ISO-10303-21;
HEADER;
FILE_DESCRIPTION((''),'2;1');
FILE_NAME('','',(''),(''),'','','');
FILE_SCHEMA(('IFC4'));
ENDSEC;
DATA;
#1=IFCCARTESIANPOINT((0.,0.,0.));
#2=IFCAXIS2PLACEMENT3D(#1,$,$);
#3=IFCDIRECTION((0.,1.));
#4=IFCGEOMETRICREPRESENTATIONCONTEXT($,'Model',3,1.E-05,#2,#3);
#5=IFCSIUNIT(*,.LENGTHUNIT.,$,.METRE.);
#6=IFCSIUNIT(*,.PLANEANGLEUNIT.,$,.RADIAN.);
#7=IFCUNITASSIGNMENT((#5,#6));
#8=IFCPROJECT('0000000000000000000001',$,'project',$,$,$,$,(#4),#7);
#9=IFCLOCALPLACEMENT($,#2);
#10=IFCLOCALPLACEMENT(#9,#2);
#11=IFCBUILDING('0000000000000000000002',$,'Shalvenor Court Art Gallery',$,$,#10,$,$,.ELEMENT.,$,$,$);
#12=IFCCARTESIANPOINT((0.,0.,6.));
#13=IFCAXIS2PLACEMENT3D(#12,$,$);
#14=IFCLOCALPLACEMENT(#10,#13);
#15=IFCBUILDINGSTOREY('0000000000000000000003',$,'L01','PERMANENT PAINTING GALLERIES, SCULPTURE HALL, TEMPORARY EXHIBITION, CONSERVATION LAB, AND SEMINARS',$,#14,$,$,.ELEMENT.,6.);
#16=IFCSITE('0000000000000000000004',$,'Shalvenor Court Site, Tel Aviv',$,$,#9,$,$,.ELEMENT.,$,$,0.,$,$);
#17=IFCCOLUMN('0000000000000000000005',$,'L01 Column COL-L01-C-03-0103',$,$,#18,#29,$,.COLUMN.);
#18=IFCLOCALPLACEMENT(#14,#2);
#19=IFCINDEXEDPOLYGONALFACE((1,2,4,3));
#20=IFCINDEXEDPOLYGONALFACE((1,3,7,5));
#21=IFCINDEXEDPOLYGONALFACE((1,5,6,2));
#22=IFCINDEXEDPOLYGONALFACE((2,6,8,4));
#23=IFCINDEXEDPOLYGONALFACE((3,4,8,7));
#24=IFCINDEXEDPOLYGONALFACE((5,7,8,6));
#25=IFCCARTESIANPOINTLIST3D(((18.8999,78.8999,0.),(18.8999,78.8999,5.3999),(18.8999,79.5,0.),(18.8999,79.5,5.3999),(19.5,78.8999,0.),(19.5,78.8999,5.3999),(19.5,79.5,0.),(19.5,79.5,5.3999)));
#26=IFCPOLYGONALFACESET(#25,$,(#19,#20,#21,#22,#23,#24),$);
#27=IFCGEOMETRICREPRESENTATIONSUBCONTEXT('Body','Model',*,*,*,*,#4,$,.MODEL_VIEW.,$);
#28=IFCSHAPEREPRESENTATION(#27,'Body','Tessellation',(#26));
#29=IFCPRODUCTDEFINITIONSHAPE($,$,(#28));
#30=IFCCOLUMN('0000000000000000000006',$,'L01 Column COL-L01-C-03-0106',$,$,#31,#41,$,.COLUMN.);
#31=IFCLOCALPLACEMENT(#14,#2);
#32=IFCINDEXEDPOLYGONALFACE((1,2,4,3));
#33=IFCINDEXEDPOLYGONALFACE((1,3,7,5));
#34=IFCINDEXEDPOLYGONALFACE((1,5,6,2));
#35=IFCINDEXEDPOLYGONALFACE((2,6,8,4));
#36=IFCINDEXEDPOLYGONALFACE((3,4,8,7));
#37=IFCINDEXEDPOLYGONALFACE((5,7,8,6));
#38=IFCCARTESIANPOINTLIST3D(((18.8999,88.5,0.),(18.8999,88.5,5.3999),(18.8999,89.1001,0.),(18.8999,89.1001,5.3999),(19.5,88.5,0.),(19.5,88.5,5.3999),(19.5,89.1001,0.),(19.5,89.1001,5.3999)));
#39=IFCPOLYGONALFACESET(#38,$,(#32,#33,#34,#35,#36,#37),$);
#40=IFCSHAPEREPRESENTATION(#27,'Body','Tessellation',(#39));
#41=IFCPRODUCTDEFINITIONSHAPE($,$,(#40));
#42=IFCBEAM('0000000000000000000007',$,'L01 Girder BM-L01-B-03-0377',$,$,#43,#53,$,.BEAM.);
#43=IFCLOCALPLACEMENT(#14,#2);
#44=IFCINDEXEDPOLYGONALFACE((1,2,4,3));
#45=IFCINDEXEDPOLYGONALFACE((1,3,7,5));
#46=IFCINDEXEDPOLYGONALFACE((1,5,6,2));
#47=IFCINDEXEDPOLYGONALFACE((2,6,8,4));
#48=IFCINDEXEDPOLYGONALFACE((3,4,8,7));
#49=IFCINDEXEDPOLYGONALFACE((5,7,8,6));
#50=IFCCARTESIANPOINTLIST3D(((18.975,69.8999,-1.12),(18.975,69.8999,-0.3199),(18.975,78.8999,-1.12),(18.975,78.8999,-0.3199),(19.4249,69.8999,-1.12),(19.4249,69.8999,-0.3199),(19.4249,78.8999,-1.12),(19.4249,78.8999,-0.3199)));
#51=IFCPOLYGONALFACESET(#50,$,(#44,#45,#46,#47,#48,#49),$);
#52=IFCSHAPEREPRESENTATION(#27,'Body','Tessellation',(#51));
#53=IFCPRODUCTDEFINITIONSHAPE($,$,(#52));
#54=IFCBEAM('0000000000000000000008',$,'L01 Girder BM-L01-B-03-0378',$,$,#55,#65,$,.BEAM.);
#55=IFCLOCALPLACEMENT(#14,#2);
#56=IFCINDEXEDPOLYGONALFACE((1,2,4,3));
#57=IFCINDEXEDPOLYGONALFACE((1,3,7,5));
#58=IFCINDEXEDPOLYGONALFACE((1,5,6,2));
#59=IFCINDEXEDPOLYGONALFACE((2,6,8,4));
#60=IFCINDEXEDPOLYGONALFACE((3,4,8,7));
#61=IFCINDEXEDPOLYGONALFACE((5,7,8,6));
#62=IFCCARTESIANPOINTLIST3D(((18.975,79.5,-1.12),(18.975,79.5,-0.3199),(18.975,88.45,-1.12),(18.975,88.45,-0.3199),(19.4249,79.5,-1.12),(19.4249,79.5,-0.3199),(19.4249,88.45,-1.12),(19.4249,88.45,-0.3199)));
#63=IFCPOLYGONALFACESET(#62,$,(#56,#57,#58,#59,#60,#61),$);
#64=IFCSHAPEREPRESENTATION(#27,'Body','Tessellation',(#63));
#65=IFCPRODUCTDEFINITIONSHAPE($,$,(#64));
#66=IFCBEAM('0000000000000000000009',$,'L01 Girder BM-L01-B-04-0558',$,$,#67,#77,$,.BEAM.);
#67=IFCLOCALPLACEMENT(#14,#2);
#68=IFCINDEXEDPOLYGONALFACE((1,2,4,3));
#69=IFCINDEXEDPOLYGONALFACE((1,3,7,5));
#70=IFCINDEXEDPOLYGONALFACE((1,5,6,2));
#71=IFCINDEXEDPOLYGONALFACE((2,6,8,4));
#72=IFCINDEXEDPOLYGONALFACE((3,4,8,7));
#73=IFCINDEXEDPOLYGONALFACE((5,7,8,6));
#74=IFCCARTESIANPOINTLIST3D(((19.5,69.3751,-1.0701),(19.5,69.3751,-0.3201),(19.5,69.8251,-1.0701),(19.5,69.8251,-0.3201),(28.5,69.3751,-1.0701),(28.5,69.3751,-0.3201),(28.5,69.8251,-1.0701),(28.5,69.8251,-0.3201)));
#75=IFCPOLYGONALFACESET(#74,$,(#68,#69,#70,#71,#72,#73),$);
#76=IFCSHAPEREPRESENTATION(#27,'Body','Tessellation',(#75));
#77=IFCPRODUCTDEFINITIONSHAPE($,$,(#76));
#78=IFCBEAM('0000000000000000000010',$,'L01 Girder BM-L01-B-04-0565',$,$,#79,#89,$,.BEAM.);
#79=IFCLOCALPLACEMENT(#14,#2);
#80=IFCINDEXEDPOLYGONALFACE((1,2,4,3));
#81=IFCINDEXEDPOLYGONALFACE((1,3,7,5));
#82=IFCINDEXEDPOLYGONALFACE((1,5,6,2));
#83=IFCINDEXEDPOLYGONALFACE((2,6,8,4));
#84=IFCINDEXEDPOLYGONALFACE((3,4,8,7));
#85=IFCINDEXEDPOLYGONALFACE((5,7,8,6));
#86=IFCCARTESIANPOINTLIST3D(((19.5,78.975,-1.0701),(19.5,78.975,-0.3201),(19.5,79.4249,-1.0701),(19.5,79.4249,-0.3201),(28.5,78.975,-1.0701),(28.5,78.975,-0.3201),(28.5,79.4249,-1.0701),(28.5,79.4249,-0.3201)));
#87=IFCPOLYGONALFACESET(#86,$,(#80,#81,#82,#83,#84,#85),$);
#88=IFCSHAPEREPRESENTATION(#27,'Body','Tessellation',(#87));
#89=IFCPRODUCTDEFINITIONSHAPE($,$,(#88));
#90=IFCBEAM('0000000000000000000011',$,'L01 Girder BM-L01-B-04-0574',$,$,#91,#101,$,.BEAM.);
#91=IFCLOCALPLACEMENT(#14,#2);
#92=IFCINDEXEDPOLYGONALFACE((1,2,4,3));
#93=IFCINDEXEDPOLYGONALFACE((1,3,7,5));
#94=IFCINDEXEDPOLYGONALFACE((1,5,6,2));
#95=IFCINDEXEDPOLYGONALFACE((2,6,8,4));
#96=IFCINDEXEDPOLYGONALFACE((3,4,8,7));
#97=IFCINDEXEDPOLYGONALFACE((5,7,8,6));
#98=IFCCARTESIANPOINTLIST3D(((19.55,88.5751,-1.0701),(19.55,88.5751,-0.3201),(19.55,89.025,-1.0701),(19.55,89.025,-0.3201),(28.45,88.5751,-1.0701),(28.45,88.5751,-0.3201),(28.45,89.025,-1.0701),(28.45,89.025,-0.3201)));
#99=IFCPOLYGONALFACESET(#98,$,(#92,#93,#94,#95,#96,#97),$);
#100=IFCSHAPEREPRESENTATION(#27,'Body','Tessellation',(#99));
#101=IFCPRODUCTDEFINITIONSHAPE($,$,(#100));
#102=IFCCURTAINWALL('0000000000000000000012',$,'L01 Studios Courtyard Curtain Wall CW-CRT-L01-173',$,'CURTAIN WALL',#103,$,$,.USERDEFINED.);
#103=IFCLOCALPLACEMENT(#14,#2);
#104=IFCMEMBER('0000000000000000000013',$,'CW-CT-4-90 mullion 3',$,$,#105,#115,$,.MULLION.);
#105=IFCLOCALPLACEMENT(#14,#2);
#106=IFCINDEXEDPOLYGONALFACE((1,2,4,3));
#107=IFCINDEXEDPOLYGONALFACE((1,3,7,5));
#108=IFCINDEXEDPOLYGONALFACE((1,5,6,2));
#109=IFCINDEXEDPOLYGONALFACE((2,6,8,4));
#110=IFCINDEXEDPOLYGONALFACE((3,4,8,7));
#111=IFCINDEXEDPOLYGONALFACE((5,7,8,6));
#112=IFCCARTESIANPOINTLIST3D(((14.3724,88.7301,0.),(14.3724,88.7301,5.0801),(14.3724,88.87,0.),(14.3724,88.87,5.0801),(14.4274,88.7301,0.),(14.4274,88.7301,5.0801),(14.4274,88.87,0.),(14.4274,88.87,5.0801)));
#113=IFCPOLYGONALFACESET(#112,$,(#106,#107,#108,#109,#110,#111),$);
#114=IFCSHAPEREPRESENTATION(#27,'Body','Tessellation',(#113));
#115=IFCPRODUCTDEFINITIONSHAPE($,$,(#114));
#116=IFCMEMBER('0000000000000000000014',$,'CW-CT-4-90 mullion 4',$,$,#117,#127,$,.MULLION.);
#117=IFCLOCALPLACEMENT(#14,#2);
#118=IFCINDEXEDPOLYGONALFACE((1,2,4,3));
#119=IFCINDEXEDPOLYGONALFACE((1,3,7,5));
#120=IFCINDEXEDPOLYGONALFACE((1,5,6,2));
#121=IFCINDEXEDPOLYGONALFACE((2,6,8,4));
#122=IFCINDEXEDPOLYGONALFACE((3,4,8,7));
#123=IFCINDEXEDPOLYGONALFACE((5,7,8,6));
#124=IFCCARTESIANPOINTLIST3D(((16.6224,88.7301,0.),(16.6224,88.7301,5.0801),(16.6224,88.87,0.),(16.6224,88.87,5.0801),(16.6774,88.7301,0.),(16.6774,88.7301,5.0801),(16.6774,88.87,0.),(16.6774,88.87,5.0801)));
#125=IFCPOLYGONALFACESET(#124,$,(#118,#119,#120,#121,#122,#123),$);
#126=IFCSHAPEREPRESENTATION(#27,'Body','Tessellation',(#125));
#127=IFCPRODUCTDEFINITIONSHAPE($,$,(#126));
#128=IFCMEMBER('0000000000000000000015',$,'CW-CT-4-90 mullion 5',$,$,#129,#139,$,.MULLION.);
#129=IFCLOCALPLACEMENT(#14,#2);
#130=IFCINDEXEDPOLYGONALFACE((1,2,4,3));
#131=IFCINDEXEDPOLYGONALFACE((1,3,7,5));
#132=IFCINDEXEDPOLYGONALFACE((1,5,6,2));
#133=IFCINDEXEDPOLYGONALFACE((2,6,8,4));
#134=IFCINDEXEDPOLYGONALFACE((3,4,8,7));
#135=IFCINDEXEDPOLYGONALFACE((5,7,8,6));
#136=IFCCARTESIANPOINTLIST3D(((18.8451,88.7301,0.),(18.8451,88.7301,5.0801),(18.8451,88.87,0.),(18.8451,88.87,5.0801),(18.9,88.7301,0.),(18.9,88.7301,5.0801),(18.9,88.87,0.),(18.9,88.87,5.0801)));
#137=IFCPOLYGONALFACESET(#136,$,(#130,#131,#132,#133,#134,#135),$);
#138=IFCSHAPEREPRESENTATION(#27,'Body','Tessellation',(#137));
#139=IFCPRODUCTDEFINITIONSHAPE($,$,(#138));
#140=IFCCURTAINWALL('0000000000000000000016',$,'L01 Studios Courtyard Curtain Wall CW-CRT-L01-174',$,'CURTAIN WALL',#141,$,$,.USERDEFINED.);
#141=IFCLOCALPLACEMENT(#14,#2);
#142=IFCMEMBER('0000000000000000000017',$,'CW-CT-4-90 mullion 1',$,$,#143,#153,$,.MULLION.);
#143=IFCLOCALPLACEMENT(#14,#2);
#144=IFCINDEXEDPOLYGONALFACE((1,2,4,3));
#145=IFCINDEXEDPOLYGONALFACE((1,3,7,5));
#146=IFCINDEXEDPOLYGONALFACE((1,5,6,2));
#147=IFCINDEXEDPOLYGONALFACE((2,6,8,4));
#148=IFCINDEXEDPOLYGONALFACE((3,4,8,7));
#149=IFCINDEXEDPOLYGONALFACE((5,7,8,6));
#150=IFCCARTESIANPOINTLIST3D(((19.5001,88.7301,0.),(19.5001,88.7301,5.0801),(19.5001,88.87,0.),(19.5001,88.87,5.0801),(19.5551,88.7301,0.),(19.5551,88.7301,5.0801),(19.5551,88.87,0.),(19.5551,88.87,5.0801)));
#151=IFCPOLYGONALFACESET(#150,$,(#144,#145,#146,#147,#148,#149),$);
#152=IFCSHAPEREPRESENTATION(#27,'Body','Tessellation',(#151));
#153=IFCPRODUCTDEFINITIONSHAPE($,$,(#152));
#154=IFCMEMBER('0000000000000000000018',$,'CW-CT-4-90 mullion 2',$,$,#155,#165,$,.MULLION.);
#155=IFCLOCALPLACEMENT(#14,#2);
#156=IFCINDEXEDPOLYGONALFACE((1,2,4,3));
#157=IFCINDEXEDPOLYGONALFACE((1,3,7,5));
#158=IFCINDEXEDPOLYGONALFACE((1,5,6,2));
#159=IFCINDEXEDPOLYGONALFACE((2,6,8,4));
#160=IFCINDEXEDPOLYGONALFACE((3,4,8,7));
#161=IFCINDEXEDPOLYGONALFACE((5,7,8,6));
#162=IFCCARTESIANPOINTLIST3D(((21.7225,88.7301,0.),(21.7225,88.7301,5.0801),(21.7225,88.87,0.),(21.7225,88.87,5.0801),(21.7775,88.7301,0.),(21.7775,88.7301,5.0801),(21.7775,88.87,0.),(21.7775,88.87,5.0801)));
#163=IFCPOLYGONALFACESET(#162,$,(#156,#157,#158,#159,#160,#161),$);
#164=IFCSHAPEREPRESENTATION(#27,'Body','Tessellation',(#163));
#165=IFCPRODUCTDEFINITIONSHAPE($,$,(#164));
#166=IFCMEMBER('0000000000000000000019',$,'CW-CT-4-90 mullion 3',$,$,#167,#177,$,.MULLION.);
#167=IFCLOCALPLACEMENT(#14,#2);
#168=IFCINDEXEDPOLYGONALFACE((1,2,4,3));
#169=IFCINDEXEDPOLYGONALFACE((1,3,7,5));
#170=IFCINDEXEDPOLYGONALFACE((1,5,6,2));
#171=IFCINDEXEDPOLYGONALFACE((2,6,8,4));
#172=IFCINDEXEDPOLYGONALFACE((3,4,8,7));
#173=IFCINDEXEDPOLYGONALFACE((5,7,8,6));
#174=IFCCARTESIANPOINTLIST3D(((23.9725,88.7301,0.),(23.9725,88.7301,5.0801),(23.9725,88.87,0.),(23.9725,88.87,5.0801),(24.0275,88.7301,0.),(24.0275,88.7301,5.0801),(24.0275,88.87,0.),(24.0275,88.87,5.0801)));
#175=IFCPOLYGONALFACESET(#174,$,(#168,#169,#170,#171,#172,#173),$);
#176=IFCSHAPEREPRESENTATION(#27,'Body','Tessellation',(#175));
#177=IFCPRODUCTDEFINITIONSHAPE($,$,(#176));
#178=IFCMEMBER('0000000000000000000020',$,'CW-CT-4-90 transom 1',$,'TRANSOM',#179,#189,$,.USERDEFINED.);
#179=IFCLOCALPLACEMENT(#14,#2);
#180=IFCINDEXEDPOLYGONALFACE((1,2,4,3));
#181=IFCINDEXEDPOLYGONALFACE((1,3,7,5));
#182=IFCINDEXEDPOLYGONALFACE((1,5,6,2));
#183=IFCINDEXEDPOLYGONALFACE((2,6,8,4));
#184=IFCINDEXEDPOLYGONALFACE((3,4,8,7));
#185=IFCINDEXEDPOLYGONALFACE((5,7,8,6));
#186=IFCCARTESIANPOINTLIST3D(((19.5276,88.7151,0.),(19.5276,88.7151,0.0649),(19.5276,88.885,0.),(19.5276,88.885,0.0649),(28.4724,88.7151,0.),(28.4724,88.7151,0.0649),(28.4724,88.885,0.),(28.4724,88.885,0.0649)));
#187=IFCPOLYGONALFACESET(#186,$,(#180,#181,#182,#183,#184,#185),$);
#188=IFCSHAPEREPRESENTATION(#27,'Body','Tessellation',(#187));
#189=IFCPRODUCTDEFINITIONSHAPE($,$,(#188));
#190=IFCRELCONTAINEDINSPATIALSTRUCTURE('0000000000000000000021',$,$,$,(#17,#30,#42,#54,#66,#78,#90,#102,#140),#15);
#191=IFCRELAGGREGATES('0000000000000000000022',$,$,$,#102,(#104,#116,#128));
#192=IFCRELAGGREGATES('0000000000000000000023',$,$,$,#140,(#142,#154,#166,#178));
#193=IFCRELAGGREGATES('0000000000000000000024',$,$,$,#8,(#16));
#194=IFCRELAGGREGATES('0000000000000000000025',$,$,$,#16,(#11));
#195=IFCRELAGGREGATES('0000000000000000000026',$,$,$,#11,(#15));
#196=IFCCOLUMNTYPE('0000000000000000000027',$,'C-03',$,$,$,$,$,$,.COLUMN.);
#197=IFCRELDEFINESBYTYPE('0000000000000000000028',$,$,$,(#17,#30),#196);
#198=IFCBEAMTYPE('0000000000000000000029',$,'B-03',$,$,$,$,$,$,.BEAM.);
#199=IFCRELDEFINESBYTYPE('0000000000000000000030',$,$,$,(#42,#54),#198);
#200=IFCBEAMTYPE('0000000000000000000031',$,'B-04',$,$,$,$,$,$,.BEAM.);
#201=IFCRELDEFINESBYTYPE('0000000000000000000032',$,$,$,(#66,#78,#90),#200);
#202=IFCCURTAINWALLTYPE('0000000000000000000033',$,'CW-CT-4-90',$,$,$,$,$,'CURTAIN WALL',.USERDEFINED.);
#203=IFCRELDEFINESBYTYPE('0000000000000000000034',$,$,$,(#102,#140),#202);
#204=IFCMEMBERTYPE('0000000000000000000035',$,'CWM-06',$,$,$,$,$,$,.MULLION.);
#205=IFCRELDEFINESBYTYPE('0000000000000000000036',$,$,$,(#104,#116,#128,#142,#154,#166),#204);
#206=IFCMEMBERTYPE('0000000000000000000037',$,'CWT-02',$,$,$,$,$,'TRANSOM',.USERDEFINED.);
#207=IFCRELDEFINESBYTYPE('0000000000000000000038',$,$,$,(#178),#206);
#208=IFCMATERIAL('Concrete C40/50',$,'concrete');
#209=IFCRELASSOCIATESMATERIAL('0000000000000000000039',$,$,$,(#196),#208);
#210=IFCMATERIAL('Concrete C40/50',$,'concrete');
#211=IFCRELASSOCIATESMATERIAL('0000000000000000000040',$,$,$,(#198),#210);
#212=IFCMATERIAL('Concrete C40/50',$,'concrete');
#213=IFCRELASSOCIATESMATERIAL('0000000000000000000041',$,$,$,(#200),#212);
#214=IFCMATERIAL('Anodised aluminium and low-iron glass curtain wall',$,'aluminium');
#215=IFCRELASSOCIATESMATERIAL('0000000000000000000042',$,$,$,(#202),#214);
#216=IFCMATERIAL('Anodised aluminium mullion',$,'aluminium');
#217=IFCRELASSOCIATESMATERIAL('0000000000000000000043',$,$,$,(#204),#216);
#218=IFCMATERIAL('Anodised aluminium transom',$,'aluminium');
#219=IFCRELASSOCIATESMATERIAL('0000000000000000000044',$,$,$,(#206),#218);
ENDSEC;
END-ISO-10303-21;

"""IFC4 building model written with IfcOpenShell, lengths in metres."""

from ifc_helpers import new_model, si_unit, direction, frame, origin, origin_2d, place, context, subcontext, project, spatial, rectangle, extrude, material, material_profile, profile_set, type_object, element, aggregate, save


model = new_model("IFC4")

# Units and contexts
model_context = context("Model", 3, precision=1e-05, world=origin(), true_north=direction((0.0, 1.0)))
body_context = subcontext(model_context, "Body", "Model", "MODEL_VIEW")
ifc_project = project(units=[si_unit("LENGTHUNIT", "METRE"), si_unit("PLANEANGLEUNIT", "RADIAN")], contexts=[model_context])

# Site, building, storey
site_placement = place(None, origin())
site = spatial("IfcSite", under=ifc_project, at=site_placement, Name="Shalvenor Court Site, Tel Aviv", CompositionType="ELEMENT", RefElevation=0.0)
building_placement = place(site_placement, origin())
building = spatial("IfcBuilding", under=site, at=building_placement, Name="Shalvenor Court Art Gallery", CompositionType="ELEMENT")
storey_placement = place(building_placement, frame((0.0, 0.0, 6.0)))
storey = spatial("IfcBuildingStorey", under=building, at=storey_placement, Name="L01", Description="PERMANENT PAINTING GALLERIES, SCULPTURE HALL, TEMPORARY EXHIBITION, CONSERVATION LAB, AND SEMINARS", CompositionType="ELEMENT", Elevation=6.0)

# Columns
ifc_material_1 = material(Name="Concrete C40/50", Category="concrete")
ifc_material_profile_1 = material_profile(ifc_material_1, rectangle(XDim=0.6001, YDim=0.6001, at=origin_2d()), Name="RC 600x600")
ifc_profile_set_1 = profile_set([ifc_material_profile_1], Name="Concrete C40/50")
column_type = type_object("IfcColumnType", Name="C-03", PredefinedType="COLUMN", material=ifc_profile_set_1)
for number, where, z_axis, x_axis, name in (
    (1, (19.2, 79.2, 0.0), (0.0, 0.0, 1.0), (1.0, 0.0, 0.0), "L01 Column COL-L01-C-03-0103"),
    (2, (19.2, 88.8, 0.0), (0.0, 0.0, 1.0), (1.0, 0.0, 0.0), "L01 Column COL-L01-C-03-0106"),
):
    element("IfcColumn", number, at=place(storey_placement, frame(where, z_axis=z_axis, x_axis=x_axis)), inside=storey, type_object=column_type, Name=name, PredefinedType="COLUMN", context=body_context, shape_type="SweptSolid", body=[
        extrude(rectangle(XDim=0.6001, YDim=0.6001, at=origin_2d()), origin(), (0.0, 0.0, 1.0), 5.3999),
    ])

# Beams
ifc_material_2 = material(Name="Concrete C40/50", Category="concrete")
ifc_material_profile_2 = material_profile(ifc_material_2, rectangle(XDim=0.45, YDim=0.8, at=origin_2d()), Name="RC 450x800")
ifc_profile_set_2 = profile_set([ifc_material_profile_2], Name="Concrete C40/50")
beam_type_1 = type_object("IfcBeamType", Name="B-03", PredefinedType="BEAM", material=ifc_profile_set_2)
beam_1_placement = place(storey_placement, frame((19.2, 69.8999, -0.72), z_axis=(0.0, 1.0, 0.0), x_axis=(-1.0, 0.0, 0.0)))
element("IfcBeam", 3, at=beam_1_placement, inside=storey, type_object=beam_type_1, Name="L01 Girder BM-L01-B-03-0377", PredefinedType="BEAM", context=body_context, shape_type="SweptSolid", body=[
    extrude(rectangle(XDim=0.45, YDim=0.8, at=origin_2d()), origin(), (0.0, 0.0, 1.0), 9.0),
])
beam_2_placement = place(storey_placement, frame((19.2, 79.5, -0.72), z_axis=(0.0, 1.0, 0.0), x_axis=(-1.0, 0.0, 0.0)))
element("IfcBeam", 4, at=beam_2_placement, inside=storey, type_object=beam_type_1, Name="L01 Girder BM-L01-B-03-0378", PredefinedType="BEAM", context=body_context, shape_type="SweptSolid", body=[
    extrude(rectangle(XDim=0.45, YDim=0.8, at=origin_2d()), origin(), (0.0, 0.0, 1.0), 8.95),
])
ifc_material_3 = material(Name="Concrete C40/50", Category="concrete")
ifc_material_profile_3 = material_profile(ifc_material_3, rectangle(XDim=0.45, YDim=0.75, at=origin_2d()), Name="RC 450x750")
ifc_profile_set_3 = profile_set([ifc_material_profile_3], Name="Concrete C40/50")
beam_type_2 = type_object("IfcBeamType", Name="B-04", PredefinedType="BEAM", material=ifc_profile_set_3)
for number, where, z_axis, x_axis, name in (
    (5, (19.5, 69.6001, -0.6951), (1.0, 0.0, 0.0), (0.0, 1.0, 0.0), "L01 Girder BM-L01-B-04-0558"),
    (6, (19.5, 79.2, -0.6951), (1.0, 0.0, 0.0), (0.0, 1.0, 0.0), "L01 Girder BM-L01-B-04-0565"),
):
    element("IfcBeam", number, at=place(storey_placement, frame(where, z_axis=z_axis, x_axis=x_axis)), inside=storey, type_object=beam_type_2, Name=name, PredefinedType="BEAM", context=body_context, shape_type="SweptSolid", body=[
        extrude(rectangle(XDim=0.45, YDim=0.75, at=origin_2d()), origin(), (0.0, 0.0, 1.0), 9.0),
    ])
beam_3_placement = place(storey_placement, frame((19.55, 88.8, -0.6951), z_axis=(1.0, 0.0, 0.0), x_axis=(0.0, 1.0, 0.0)))
element("IfcBeam", 7, at=beam_3_placement, inside=storey, type_object=beam_type_2, Name="L01 Girder BM-L01-B-04-0574", PredefinedType="BEAM", context=body_context, shape_type="SweptSolid", body=[
    extrude(rectangle(XDim=0.45, YDim=0.75, at=origin_2d()), origin(), (0.0, 0.0, 1.0), 8.8999),
])

# Curtain walls, members
ifc_material_4 = material(Name="Anodised aluminium and low-iron glass curtain wall", Category="aluminium")
curtain_wall_type = type_object("IfcCurtainWallType", Name="CW-CT-4-90", ElementType="CURTAIN WALL", PredefinedType="USERDEFINED", material=ifc_material_4)
curtain_wall_1_placement = place(storey_placement, origin())
curtain_wall_1 = element("IfcCurtainWall", 8, at=curtain_wall_1_placement, inside=storey, type_object=curtain_wall_type, Name="L01 Studios Courtyard Curtain Wall CW-CRT-L01-173", ObjectType="CURTAIN WALL", PredefinedType="USERDEFINED")
ifc_material_5 = material(Name="Anodised aluminium mullion", Category="aluminium")
ifc_material_profile_4 = material_profile(ifc_material_5, rectangle(XDim=0.0549, YDim=0.1399, at=origin_2d()), Name="CWM-06")
ifc_profile_set_4 = profile_set([ifc_material_profile_4], Name="Anodised aluminium mullion")
member_type_1 = type_object("IfcMemberType", Name="CWM-06", PredefinedType="MULLION", material=ifc_profile_set_4)
member_1_placement = place(storey_placement, frame((14.3999, 88.8, 0.0), z_axis=(0.0, 0.0, 1.0), x_axis=(1.0, 0.0, 0.0)))
member_1 = element("IfcMember", 9, at=member_1_placement, type_object=member_type_1, Name="CW-CT-4-90 mullion 3", PredefinedType="MULLION", context=body_context, shape_type="SweptSolid", body=[
    extrude(rectangle(XDim=0.0549, YDim=0.1399, at=origin_2d()), origin(), (0.0, 0.0, 1.0), 5.0801),
])
member_2_placement = place(storey_placement, frame((16.6499, 88.8, 0.0), z_axis=(0.0, 0.0, 1.0), x_axis=(1.0, 0.0, 0.0)))
member_2 = element("IfcMember", 10, at=member_2_placement, type_object=member_type_1, Name="CW-CT-4-90 mullion 4", PredefinedType="MULLION", context=body_context, shape_type="SweptSolid", body=[
    extrude(rectangle(XDim=0.0549, YDim=0.1399, at=origin_2d()), origin(), (0.0, 0.0, 1.0), 5.0801),
])
member_3_placement = place(storey_placement, frame((18.8726, 88.8, 0.0), z_axis=(0.0, 0.0, 1.0), x_axis=(1.0, 0.0, 0.0)))
member_3 = element("IfcMember", 11, at=member_3_placement, type_object=member_type_1, Name="CW-CT-4-90 mullion 5", PredefinedType="MULLION", context=body_context, shape_type="SweptSolid", body=[
    extrude(rectangle(XDim=0.0549, YDim=0.1399, at=origin_2d()), origin(), (0.0, 0.0, 1.0), 5.0801),
])
curtain_wall_2_placement = place(storey_placement, origin())
curtain_wall_2 = element("IfcCurtainWall", 12, at=curtain_wall_2_placement, inside=storey, type_object=curtain_wall_type, Name="L01 Studios Courtyard Curtain Wall CW-CRT-L01-174", ObjectType="CURTAIN WALL", PredefinedType="USERDEFINED")
member_4_placement = place(storey_placement, frame((19.5276, 88.8, 0.0), z_axis=(0.0, 0.0, 1.0), x_axis=(1.0, 0.0, 0.0)))
member_4 = element("IfcMember", 13, at=member_4_placement, type_object=member_type_1, Name="CW-CT-4-90 mullion 1", PredefinedType="MULLION", context=body_context, shape_type="SweptSolid", body=[
    extrude(rectangle(XDim=0.0549, YDim=0.1399, at=origin_2d()), origin(), (0.0, 0.0, 1.0), 5.0801),
])
member_5_placement = place(storey_placement, frame((21.75, 88.8, 0.0), z_axis=(0.0, 0.0, 1.0), x_axis=(1.0, 0.0, 0.0)))
member_5 = element("IfcMember", 14, at=member_5_placement, type_object=member_type_1, Name="CW-CT-4-90 mullion 2", PredefinedType="MULLION", context=body_context, shape_type="SweptSolid", body=[
    extrude(rectangle(XDim=0.0549, YDim=0.1399, at=origin_2d()), origin(), (0.0, 0.0, 1.0), 5.0801),
])
member_6_placement = place(storey_placement, frame((24.0, 88.8, 0.0), z_axis=(0.0, 0.0, 1.0), x_axis=(1.0, 0.0, 0.0)))
member_6 = element("IfcMember", 15, at=member_6_placement, type_object=member_type_1, Name="CW-CT-4-90 mullion 3", PredefinedType="MULLION", context=body_context, shape_type="SweptSolid", body=[
    extrude(rectangle(XDim=0.0549, YDim=0.1399, at=origin_2d()), origin(), (0.0, 0.0, 1.0), 5.0801),
])
ifc_material_6 = material(Name="Anodised aluminium transom", Category="aluminium")
ifc_material_profile_5 = material_profile(ifc_material_6, rectangle(XDim=0.1699, YDim=0.0649, at=origin_2d()), Name="CWT-02")
ifc_profile_set_5 = profile_set([ifc_material_profile_5], Name="Anodised aluminium transom")
member_type_2 = type_object("IfcMemberType", Name="CWT-02", ElementType="TRANSOM", PredefinedType="USERDEFINED", material=ifc_profile_set_5)
member_7_placement = place(storey_placement, frame((19.5276, 88.8, 0.0325), z_axis=(1.0, 0.0, 0.0), x_axis=(0.0, 1.0, 0.0)))
member_7 = element("IfcMember", 16, at=member_7_placement, type_object=member_type_2, Name="CW-CT-4-90 transom 1", ObjectType="TRANSOM", PredefinedType="USERDEFINED", context=body_context, shape_type="SweptSolid", body=[
    extrude(rectangle(XDim=0.1699, YDim=0.0649, at=origin_2d()), origin(), (0.0, 0.0, 1.0), 8.9448),
])

aggregate(curtain_wall_1, [member_1, member_2, member_3])
aggregate(curtain_wall_2, [member_4, member_5, member_6, member_7])

save(model, "model.ifc")
